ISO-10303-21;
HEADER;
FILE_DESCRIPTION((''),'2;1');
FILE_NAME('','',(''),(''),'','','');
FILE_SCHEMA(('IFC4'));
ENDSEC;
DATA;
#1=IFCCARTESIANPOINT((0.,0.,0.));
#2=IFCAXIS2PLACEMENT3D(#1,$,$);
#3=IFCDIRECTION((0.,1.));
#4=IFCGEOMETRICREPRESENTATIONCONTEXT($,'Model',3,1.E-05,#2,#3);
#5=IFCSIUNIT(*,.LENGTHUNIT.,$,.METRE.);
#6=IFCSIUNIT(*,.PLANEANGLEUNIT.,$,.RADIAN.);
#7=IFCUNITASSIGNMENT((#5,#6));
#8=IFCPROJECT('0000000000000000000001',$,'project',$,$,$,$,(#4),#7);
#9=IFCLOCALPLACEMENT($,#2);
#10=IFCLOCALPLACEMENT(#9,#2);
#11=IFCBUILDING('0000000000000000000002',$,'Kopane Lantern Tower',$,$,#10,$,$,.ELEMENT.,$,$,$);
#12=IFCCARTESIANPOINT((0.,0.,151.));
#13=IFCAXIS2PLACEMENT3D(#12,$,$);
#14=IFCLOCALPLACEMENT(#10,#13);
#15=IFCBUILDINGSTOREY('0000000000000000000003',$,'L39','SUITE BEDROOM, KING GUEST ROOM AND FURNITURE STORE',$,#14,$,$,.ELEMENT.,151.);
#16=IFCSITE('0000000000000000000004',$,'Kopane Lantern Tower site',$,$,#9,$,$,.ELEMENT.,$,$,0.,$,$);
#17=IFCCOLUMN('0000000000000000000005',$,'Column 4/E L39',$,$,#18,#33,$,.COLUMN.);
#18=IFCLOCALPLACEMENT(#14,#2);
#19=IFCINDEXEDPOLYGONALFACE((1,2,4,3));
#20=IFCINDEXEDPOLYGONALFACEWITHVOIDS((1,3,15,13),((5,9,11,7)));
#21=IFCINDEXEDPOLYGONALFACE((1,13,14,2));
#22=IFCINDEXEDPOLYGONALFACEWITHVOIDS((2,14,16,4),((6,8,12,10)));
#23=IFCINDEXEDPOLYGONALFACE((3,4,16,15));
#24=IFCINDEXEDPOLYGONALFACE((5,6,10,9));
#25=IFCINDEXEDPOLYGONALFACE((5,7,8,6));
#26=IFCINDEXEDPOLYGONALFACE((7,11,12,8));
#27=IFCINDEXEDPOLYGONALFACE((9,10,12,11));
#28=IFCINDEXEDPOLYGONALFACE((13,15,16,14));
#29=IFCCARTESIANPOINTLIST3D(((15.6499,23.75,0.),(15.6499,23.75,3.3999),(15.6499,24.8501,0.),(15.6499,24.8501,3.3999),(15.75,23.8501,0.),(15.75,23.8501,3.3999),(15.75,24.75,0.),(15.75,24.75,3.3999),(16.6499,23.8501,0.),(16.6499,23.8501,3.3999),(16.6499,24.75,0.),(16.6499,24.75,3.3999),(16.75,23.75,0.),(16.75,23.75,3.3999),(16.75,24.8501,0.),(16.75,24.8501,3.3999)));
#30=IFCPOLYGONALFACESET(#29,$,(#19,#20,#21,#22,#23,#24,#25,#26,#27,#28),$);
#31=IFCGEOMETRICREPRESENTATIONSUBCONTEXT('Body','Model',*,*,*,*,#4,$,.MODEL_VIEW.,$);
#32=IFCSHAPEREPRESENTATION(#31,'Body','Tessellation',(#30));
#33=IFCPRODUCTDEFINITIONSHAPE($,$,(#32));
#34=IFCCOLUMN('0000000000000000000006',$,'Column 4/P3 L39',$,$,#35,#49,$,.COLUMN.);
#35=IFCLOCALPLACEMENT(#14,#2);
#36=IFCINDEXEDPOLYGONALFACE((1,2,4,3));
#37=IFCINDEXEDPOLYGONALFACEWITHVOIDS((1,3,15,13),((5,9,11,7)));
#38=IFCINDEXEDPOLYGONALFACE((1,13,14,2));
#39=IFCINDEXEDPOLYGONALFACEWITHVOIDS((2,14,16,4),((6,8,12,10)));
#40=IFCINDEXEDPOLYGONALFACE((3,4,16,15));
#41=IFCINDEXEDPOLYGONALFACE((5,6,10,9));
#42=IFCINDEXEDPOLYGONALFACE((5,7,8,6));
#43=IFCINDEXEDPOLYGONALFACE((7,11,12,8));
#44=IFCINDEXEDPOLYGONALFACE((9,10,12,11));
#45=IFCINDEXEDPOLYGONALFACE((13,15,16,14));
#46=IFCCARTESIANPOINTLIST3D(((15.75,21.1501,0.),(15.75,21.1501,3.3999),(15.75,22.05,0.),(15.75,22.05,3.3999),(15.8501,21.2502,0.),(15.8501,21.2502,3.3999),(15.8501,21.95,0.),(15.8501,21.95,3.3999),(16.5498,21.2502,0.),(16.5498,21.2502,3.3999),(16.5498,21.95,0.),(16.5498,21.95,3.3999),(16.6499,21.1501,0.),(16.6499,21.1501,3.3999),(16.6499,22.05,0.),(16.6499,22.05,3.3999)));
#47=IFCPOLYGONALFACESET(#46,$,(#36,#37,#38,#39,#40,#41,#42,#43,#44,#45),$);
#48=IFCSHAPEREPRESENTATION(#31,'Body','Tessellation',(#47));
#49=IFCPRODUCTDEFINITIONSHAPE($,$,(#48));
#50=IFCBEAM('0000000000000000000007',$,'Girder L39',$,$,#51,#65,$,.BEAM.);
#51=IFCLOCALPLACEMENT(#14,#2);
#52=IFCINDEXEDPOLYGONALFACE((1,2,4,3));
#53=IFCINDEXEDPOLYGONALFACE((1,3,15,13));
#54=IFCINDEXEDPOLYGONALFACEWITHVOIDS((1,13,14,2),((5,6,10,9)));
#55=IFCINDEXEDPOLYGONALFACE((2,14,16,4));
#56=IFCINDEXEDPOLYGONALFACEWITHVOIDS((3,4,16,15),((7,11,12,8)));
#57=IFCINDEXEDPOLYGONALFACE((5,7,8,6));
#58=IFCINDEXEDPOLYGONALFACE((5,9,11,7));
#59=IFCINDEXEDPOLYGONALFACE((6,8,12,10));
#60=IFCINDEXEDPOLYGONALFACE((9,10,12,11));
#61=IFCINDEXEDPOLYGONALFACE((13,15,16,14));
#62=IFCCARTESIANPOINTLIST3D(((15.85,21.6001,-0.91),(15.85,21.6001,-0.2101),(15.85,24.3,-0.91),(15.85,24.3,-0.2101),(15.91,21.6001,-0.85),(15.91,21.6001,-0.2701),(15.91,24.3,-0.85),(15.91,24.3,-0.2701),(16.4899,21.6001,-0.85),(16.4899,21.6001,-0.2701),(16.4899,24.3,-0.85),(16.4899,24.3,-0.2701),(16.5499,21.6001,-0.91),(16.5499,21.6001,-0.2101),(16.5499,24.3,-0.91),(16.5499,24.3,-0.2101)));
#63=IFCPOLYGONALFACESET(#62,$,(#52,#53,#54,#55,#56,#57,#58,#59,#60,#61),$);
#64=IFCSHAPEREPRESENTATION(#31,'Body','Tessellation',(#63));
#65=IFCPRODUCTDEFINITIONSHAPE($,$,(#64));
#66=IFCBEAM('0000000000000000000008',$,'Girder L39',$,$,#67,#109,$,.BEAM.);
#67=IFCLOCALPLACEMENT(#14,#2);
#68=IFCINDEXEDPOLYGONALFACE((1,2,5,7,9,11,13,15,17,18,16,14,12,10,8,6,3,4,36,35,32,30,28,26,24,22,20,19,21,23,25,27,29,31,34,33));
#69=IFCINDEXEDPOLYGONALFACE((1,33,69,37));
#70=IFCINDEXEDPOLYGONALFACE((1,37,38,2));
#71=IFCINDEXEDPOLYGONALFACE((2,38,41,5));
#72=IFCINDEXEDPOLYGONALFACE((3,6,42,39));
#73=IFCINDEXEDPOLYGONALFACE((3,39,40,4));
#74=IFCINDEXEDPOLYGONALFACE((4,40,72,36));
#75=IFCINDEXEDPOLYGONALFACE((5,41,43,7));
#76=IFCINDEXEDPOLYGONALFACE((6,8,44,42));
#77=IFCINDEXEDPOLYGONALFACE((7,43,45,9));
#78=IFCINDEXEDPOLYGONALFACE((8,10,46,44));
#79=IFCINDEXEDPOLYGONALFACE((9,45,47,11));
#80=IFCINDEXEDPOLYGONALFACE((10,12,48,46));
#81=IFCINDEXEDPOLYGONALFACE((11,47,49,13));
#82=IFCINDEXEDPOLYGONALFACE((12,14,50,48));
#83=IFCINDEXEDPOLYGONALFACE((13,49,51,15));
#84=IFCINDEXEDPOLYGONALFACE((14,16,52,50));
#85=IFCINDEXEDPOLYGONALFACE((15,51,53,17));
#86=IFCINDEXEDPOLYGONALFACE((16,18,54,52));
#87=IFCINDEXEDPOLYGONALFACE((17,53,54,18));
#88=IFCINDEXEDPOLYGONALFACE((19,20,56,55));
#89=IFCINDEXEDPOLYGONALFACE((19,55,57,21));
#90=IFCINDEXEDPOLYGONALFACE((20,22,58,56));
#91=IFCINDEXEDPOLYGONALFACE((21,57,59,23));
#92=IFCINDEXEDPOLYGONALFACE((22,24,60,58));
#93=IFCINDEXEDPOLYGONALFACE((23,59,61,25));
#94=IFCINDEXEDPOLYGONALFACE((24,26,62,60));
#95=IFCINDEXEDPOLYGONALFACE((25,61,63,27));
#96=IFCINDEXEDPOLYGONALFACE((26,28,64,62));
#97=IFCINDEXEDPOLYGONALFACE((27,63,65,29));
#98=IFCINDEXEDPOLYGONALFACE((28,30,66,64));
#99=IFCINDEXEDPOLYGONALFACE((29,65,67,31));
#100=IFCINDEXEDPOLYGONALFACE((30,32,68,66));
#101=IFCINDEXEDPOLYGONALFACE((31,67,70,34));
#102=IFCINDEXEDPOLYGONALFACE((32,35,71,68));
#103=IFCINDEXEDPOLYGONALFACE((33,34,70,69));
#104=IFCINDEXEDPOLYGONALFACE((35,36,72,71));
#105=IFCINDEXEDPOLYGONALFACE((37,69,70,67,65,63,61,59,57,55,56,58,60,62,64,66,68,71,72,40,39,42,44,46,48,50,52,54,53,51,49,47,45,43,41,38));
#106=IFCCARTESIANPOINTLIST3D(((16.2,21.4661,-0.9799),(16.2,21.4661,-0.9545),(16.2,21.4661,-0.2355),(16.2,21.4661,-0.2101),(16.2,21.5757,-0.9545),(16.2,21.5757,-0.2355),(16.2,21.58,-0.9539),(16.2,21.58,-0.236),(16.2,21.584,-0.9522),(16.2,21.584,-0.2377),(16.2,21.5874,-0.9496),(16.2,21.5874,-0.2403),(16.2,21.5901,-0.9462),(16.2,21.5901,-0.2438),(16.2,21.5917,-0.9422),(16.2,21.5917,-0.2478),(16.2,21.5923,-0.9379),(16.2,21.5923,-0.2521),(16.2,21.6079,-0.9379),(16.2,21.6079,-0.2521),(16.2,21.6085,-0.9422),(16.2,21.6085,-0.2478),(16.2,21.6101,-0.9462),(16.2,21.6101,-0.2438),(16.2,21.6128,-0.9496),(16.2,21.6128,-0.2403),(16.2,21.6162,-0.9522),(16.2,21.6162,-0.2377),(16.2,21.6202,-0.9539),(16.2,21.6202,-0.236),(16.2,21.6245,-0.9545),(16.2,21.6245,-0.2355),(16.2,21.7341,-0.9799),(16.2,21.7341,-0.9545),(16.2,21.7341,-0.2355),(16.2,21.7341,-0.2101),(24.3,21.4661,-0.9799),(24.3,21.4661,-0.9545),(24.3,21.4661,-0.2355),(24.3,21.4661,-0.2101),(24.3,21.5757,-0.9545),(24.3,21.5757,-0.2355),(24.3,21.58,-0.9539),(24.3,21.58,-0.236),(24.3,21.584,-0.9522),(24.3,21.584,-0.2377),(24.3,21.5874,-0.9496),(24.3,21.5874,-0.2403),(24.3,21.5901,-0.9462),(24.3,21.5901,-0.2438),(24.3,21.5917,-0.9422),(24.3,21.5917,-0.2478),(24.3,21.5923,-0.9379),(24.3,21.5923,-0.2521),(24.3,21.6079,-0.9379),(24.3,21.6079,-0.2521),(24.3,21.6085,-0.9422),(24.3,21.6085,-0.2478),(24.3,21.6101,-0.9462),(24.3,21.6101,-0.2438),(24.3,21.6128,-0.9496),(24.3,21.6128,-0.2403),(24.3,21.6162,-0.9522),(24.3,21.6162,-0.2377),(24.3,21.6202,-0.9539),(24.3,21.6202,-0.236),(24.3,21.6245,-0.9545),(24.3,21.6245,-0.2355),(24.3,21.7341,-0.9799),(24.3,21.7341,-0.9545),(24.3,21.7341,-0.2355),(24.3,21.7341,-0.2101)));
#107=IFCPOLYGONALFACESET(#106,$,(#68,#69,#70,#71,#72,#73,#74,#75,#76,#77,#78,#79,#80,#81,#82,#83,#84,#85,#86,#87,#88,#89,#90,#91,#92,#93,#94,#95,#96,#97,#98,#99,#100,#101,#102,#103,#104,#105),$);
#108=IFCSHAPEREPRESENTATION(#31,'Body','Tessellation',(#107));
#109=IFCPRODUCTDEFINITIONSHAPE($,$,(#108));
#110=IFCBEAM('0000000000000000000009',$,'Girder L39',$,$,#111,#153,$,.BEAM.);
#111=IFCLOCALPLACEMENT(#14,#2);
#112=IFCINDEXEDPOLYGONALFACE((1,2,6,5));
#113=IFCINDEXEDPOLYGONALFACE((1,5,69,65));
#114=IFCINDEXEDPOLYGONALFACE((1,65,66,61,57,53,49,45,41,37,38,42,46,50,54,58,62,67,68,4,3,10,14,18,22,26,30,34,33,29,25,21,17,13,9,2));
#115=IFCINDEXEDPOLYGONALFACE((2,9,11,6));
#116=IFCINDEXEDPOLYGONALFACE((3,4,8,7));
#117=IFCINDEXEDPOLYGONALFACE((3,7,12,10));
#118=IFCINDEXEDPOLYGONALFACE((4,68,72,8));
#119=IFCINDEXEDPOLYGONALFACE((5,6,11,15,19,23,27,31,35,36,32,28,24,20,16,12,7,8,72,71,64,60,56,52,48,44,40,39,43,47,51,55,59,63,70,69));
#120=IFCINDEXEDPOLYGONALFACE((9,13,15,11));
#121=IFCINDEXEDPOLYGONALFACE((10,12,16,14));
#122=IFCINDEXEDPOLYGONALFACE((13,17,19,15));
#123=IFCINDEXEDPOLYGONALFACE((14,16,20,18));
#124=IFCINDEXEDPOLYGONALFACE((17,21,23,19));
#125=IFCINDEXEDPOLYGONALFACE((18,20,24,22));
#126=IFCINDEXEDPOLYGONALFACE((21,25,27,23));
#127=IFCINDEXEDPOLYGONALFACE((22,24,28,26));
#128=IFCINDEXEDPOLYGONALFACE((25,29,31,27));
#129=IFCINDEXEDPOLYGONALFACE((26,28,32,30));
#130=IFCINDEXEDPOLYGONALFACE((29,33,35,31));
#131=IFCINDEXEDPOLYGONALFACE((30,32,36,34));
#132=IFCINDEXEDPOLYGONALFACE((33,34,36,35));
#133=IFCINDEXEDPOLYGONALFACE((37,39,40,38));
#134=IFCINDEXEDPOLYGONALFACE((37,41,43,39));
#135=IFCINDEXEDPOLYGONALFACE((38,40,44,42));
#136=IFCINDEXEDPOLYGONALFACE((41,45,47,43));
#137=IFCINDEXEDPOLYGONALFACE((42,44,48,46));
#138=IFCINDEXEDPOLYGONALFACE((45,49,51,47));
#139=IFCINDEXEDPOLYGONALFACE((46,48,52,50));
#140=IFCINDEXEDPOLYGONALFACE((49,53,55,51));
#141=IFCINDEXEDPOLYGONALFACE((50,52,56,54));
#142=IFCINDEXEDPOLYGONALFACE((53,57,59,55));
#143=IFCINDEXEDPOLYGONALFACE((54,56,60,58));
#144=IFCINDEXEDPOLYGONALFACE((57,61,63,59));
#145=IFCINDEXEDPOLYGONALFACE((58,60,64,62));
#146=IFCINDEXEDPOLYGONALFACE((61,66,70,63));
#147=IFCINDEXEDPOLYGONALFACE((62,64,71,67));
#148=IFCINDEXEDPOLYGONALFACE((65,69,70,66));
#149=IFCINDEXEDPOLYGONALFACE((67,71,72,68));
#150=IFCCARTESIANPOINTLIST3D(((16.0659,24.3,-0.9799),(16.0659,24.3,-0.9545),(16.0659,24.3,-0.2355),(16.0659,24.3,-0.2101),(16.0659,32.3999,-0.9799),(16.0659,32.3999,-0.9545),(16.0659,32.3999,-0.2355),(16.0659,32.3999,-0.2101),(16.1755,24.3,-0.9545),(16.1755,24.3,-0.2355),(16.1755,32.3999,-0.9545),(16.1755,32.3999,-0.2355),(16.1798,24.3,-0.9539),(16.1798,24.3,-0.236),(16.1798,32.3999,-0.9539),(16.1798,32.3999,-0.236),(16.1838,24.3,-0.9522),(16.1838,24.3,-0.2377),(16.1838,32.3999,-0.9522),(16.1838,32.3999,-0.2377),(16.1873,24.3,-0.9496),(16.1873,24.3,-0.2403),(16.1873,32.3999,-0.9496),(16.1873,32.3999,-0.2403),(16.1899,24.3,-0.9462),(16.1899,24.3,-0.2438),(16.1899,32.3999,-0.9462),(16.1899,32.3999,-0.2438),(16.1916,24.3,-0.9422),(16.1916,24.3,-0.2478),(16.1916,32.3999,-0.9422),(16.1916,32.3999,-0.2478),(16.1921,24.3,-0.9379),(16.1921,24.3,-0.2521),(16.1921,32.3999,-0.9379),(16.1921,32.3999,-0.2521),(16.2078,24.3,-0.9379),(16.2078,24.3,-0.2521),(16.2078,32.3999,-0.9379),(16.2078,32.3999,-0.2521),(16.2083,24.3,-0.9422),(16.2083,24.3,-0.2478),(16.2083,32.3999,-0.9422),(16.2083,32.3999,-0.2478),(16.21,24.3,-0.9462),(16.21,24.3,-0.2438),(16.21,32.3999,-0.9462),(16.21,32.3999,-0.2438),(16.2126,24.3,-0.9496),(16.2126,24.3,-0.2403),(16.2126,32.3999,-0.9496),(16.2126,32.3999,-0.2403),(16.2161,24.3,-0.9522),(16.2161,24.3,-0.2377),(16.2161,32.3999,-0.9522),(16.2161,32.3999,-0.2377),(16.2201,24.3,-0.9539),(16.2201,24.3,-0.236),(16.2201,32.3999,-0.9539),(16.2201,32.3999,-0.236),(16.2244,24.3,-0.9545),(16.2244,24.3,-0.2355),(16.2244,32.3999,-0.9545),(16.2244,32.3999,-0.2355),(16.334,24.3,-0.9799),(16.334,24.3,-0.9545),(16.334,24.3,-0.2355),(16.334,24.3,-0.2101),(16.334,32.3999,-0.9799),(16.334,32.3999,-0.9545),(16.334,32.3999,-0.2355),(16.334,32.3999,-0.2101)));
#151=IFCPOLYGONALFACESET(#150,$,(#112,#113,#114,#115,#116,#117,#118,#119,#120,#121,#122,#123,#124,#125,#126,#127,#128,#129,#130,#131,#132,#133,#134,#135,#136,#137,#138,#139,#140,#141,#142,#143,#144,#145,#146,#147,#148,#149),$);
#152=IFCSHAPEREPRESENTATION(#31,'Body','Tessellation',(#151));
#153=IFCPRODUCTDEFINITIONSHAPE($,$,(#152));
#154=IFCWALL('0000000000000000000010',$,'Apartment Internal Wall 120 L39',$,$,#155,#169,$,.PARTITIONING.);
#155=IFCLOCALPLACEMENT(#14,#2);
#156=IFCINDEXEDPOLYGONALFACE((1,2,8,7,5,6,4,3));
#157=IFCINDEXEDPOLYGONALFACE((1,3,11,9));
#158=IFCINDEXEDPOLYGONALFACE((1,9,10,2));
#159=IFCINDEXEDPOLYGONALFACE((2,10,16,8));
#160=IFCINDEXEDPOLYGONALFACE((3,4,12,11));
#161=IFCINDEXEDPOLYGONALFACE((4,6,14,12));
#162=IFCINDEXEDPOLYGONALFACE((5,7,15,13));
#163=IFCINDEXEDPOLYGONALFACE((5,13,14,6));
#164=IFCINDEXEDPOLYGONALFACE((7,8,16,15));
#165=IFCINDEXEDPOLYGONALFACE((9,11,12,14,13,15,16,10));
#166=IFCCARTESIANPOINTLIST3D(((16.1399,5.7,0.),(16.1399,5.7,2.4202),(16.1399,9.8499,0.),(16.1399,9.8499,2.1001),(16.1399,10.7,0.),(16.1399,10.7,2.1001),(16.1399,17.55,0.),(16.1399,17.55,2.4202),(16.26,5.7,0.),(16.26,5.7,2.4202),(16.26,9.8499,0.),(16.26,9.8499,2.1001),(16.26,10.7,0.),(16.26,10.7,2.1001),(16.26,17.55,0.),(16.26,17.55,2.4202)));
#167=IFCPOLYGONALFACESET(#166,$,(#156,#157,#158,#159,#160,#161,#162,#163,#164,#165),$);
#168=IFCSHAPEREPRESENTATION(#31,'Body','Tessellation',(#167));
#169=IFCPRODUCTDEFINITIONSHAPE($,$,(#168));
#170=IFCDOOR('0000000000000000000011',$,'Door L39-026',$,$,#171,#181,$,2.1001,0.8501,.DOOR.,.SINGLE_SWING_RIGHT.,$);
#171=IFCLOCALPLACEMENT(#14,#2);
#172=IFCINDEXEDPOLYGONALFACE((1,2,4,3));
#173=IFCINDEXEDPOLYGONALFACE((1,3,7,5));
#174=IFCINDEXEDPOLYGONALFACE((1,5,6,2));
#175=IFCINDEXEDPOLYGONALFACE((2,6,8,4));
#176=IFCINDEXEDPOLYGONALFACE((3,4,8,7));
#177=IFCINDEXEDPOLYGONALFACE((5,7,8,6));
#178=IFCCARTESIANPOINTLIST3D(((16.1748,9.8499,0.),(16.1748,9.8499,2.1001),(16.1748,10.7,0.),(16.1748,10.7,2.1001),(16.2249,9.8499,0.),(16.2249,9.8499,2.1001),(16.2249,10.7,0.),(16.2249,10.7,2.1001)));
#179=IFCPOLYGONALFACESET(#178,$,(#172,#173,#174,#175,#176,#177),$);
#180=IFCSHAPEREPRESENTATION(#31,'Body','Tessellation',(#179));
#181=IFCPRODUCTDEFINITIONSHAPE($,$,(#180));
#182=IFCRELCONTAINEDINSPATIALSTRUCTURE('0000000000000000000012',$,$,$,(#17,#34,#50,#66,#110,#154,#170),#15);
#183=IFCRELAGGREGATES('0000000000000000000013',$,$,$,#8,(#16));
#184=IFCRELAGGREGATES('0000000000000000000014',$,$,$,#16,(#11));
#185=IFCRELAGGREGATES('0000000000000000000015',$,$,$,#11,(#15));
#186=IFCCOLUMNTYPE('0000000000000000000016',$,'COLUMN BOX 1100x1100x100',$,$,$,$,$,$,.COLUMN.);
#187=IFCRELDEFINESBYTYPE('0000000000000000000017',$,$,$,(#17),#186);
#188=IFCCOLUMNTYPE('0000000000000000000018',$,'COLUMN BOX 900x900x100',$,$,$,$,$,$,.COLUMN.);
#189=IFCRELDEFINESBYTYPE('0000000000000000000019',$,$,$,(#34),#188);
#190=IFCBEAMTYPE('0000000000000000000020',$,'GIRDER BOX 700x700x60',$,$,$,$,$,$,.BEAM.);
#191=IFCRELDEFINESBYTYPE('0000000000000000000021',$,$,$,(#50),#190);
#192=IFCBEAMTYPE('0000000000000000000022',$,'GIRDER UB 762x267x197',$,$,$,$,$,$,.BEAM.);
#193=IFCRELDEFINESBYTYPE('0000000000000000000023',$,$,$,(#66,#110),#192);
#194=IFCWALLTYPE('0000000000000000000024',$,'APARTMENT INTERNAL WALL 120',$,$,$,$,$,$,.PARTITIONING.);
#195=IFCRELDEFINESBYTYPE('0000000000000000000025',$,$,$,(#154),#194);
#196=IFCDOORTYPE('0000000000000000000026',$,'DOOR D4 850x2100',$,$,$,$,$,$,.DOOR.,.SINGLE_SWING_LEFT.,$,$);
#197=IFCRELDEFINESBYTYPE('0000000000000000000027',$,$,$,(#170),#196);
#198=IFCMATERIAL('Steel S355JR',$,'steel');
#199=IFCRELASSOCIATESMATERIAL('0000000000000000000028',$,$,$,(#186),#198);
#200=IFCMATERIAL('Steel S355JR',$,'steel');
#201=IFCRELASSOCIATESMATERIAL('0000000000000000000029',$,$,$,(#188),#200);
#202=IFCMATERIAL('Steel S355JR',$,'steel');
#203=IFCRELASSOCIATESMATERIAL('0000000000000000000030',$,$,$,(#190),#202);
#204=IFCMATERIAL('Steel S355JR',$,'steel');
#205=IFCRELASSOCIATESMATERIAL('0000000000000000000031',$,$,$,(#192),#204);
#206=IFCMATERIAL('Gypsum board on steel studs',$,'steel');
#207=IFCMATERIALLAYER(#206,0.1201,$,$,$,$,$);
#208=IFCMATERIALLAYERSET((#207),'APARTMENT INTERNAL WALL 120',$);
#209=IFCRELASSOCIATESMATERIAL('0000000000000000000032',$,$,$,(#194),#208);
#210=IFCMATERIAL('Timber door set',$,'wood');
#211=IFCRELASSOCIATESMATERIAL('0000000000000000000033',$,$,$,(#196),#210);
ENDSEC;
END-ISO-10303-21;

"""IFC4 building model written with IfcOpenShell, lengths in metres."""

from ifc_helpers import new_model, si_unit, direction, frame, frame_2d, origin, origin_2d, place, context, subcontext, project, spatial, rectangle, hollow_rectangle, i_section, extrude, material, layer, layer_set, material_profile, profile_set, type_object, element, fill, save


model = new_model("IFC4")

# Units and contexts
model_context = context("Model", 3, precision=1e-05, world=origin(), true_north=direction((0.0, 1.0)))
body_context = subcontext(model_context, "Body", "Model", "MODEL_VIEW")
ifc_project = project(units=[si_unit("LENGTHUNIT", "METRE"), si_unit("PLANEANGLEUNIT", "RADIAN")], contexts=[model_context])

# Site, building, storey
site_placement = place(None, origin())
site = spatial("IfcSite", under=ifc_project, at=site_placement, Name="Kopane Lantern Tower site", CompositionType="ELEMENT", RefElevation=0.0)
building_placement = place(site_placement, origin())
building = spatial("IfcBuilding", under=site, at=building_placement, Name="Kopane Lantern Tower", CompositionType="ELEMENT")
storey_placement = place(building_placement, frame((0.0, 0.0, 151.0)))
storey = spatial("IfcBuildingStorey", under=building, at=storey_placement, Name="L39", Description="SUITE BEDROOM, KING GUEST ROOM AND FURNITURE STORE", CompositionType="ELEMENT", Elevation=151.0)

# Columns
ifc_material_1 = material(Name="Steel S355JR", Category="steel")
ifc_material_profile_1 = material_profile(ifc_material_1, hollow_rectangle(XDim=1.1001, YDim=1.1001, WallThickness=0.1001, at=origin_2d()), Name="BOX 1100x1100x100")
ifc_profile_set_1 = profile_set([ifc_material_profile_1], Name="Steel S355JR")
column_type_1 = type_object("IfcColumnType", Name="COLUMN BOX 1100x1100x100", PredefinedType="COLUMN", material=ifc_profile_set_1)
column_1_placement = place(storey_placement, frame((16.2, 24.3, 0.0), z_axis=(0.0, 0.0, 1.0), x_axis=(1.0, 0.0, 0.0)))
element("IfcColumn", 1, at=column_1_placement, inside=storey, type_object=column_type_1, Name="Column 4/E L39", PredefinedType="COLUMN", context=body_context, shape_type="SweptSolid", body=[
    extrude(hollow_rectangle(XDim=1.1001, YDim=1.1001, WallThickness=0.1001, at=origin_2d()), origin(), (0.0, 0.0, 1.0), 3.3999),
])
ifc_material_2 = material(Name="Steel S355JR", Category="steel")
ifc_material_profile_2 = material_profile(ifc_material_2, hollow_rectangle(XDim=0.8999, YDim=0.8999, WallThickness=0.1001, at=origin_2d()), Name="BOX 900x900x100")
ifc_profile_set_2 = profile_set([ifc_material_profile_2], Name="Steel S355JR")
column_type_2 = type_object("IfcColumnType", Name="COLUMN BOX 900x900x100", PredefinedType="COLUMN", material=ifc_profile_set_2)
column_2_placement = place(storey_placement, frame((16.2, 21.6001, 0.0), z_axis=(0.0, 0.0, 1.0), x_axis=(1.0, 0.0, 0.0)))
element("IfcColumn", 2, at=column_2_placement, inside=storey, type_object=column_type_2, Name="Column 4/P3 L39", PredefinedType="COLUMN", context=body_context, shape_type="SweptSolid", body=[
    extrude(hollow_rectangle(XDim=0.8999, YDim=0.8999, WallThickness=0.1001, at=origin_2d()), origin(), (0.0, 0.0, 1.0), 3.3999),
])

# Beams
ifc_material_3 = material(Name="Steel S355JR", Category="steel")
ifc_material_profile_3 = material_profile(ifc_material_3, hollow_rectangle(XDim=0.7, YDim=0.7, WallThickness=0.0601, at=origin_2d()), Name="BOX 700x700x60")
ifc_profile_set_3 = profile_set([ifc_material_profile_3], Name="Steel S355JR")
beam_type_1 = type_object("IfcBeamType", Name="GIRDER BOX 700x700x60", PredefinedType="BEAM", material=ifc_profile_set_3)
beam_1_placement = place(storey_placement, frame((16.2, 21.6001, -0.5601), z_axis=(0.0, 1.0, 0.0), x_axis=(-1.0, 0.0, 0.0)))
element("IfcBeam", 3, at=beam_1_placement, inside=storey, type_object=beam_type_1, Name="Girder L39", PredefinedType="BEAM", context=body_context, shape_type="SweptSolid", body=[
    extrude(hollow_rectangle(XDim=0.7, YDim=0.7, WallThickness=0.0601, at=origin_2d()), origin(), (0.0, 0.0, 1.0), 2.7),
])
ifc_material_4 = material(Name="Steel S355JR", Category="steel")
ifc_material_profile_4 = material_profile(ifc_material_4, i_section(OverallWidth=0.2681, OverallDepth=0.7698, WebThickness=0.0156, FlangeThickness=0.0254, FilletRadius=0.0166, at=origin_2d()), Name="UB 762x267x197")
ifc_profile_set_4 = profile_set([ifc_material_profile_4], Name="Steel S355JR")
beam_type_2 = type_object("IfcBeamType", Name="GIRDER UB 762x267x197", PredefinedType="BEAM", material=ifc_profile_set_4)
beam_2_placement = place(storey_placement, frame((16.2, 21.6001, -0.595), z_axis=(1.0, 0.0, 0.0), x_axis=(0.0, 1.0, 0.0)))
element("IfcBeam", 4, at=beam_2_placement, inside=storey, type_object=beam_type_2, Name="Girder L39", PredefinedType="BEAM", context=body_context, shape_type="SweptSolid", body=[
    extrude(i_section(OverallWidth=0.2681, OverallDepth=0.7698, WebThickness=0.0156, FlangeThickness=0.0254, FilletRadius=0.0166, at=origin_2d()), origin(), (0.0, 0.0, 1.0), 8.1001),
])
beam_3_placement = place(storey_placement, frame((16.2, 24.3, -0.595), z_axis=(0.0, 1.0, 0.0), x_axis=(-1.0, 0.0, 0.0)))
element("IfcBeam", 5, at=beam_3_placement, inside=storey, type_object=beam_type_2, Name="Girder L39", PredefinedType="BEAM", context=body_context, shape_type="SweptSolid", body=[
    extrude(i_section(OverallWidth=0.2681, OverallDepth=0.7698, WebThickness=0.0156, FlangeThickness=0.0254, FilletRadius=0.0166, at=origin_2d()), origin(), (0.0, 0.0, 1.0), 8.0999),
])

# Wall, opening, door
ifc_material_5 = material(Name="Gypsum board on steel studs", Category="steel")
ifc_layer_1 = layer(ifc_material_5, 0.1201)
ifc_layer_set_1 = layer_set([ifc_layer_1], Name="APARTMENT INTERNAL WALL 120")
wall_type_1 = type_object("IfcWallType", Name="APARTMENT INTERNAL WALL 120", PredefinedType="PARTITIONING", material=ifc_layer_set_1)
wall_1_placement = place(storey_placement, frame((16.2, 17.55, 0.0), z_axis=(0.0, 0.0, 1.0), x_axis=(0.0, -1.0, 0.0)))
wall_1 = element("IfcWall", 6, at=wall_1_placement, inside=storey, type_object=wall_type_1, Name="Apartment Internal Wall 120 L39", PredefinedType="PARTITIONING", context=body_context, shape_type="SweptSolid", body=[
    extrude(rectangle(XDim=11.8501, YDim=0.1201, at=frame_2d((5.925, 0.0))), origin(), (0.0, 0.0, 1.0), 2.4202),
])
opening_1_placement = place(wall_1_placement, frame((6.8501, 0.0, 0.0)))
opening_1 = element("IfcOpeningElement", 7, at=opening_1_placement, cuts=wall_1, PredefinedType="OPENING", context=body_context, shape_type="SweptSolid", body=[
    extrude(rectangle(XDim=0.8501, YDim=2.1001, at=frame_2d((0.425, 1.05))), frame((0.0, 0.0701, 0.0), z_axis=(0.0, -1.0, 0.0), x_axis=(1.0, 0.0, 0.0)), (0.0, 0.0, 1.0), 0.1401),
])
ifc_material_6 = material(Name="Timber door set", Category="wood")
door_type_1 = type_object("IfcDoorType", Name="DOOR D4 850x2100", OperationType="SINGLE_SWING_LEFT", PredefinedType="DOOR", material=ifc_material_6)
door_1_placement = place(opening_1_placement, origin())
door_1 = element("IfcDoor", 8, at=door_1_placement, inside=storey, type_object=door_type_1, Name="Door L39-026", OperationType="SINGLE_SWING_RIGHT", OverallHeight=2.1001, OverallWidth=0.8501, PredefinedType="DOOR", context=body_context, shape_type="SweptSolid", body=[
    extrude(rectangle(XDim=0.8501, YDim=2.1001, at=frame_2d((0.425, 1.05))), frame((0.0, 0.0249, 0.0), z_axis=(0.0, -1.0, 0.0), x_axis=(1.0, 0.0, 0.0)), (0.0, 0.0, 1.0), 0.05),
])
fill(opening_1, door_1)

save(model, "model.ifc")
